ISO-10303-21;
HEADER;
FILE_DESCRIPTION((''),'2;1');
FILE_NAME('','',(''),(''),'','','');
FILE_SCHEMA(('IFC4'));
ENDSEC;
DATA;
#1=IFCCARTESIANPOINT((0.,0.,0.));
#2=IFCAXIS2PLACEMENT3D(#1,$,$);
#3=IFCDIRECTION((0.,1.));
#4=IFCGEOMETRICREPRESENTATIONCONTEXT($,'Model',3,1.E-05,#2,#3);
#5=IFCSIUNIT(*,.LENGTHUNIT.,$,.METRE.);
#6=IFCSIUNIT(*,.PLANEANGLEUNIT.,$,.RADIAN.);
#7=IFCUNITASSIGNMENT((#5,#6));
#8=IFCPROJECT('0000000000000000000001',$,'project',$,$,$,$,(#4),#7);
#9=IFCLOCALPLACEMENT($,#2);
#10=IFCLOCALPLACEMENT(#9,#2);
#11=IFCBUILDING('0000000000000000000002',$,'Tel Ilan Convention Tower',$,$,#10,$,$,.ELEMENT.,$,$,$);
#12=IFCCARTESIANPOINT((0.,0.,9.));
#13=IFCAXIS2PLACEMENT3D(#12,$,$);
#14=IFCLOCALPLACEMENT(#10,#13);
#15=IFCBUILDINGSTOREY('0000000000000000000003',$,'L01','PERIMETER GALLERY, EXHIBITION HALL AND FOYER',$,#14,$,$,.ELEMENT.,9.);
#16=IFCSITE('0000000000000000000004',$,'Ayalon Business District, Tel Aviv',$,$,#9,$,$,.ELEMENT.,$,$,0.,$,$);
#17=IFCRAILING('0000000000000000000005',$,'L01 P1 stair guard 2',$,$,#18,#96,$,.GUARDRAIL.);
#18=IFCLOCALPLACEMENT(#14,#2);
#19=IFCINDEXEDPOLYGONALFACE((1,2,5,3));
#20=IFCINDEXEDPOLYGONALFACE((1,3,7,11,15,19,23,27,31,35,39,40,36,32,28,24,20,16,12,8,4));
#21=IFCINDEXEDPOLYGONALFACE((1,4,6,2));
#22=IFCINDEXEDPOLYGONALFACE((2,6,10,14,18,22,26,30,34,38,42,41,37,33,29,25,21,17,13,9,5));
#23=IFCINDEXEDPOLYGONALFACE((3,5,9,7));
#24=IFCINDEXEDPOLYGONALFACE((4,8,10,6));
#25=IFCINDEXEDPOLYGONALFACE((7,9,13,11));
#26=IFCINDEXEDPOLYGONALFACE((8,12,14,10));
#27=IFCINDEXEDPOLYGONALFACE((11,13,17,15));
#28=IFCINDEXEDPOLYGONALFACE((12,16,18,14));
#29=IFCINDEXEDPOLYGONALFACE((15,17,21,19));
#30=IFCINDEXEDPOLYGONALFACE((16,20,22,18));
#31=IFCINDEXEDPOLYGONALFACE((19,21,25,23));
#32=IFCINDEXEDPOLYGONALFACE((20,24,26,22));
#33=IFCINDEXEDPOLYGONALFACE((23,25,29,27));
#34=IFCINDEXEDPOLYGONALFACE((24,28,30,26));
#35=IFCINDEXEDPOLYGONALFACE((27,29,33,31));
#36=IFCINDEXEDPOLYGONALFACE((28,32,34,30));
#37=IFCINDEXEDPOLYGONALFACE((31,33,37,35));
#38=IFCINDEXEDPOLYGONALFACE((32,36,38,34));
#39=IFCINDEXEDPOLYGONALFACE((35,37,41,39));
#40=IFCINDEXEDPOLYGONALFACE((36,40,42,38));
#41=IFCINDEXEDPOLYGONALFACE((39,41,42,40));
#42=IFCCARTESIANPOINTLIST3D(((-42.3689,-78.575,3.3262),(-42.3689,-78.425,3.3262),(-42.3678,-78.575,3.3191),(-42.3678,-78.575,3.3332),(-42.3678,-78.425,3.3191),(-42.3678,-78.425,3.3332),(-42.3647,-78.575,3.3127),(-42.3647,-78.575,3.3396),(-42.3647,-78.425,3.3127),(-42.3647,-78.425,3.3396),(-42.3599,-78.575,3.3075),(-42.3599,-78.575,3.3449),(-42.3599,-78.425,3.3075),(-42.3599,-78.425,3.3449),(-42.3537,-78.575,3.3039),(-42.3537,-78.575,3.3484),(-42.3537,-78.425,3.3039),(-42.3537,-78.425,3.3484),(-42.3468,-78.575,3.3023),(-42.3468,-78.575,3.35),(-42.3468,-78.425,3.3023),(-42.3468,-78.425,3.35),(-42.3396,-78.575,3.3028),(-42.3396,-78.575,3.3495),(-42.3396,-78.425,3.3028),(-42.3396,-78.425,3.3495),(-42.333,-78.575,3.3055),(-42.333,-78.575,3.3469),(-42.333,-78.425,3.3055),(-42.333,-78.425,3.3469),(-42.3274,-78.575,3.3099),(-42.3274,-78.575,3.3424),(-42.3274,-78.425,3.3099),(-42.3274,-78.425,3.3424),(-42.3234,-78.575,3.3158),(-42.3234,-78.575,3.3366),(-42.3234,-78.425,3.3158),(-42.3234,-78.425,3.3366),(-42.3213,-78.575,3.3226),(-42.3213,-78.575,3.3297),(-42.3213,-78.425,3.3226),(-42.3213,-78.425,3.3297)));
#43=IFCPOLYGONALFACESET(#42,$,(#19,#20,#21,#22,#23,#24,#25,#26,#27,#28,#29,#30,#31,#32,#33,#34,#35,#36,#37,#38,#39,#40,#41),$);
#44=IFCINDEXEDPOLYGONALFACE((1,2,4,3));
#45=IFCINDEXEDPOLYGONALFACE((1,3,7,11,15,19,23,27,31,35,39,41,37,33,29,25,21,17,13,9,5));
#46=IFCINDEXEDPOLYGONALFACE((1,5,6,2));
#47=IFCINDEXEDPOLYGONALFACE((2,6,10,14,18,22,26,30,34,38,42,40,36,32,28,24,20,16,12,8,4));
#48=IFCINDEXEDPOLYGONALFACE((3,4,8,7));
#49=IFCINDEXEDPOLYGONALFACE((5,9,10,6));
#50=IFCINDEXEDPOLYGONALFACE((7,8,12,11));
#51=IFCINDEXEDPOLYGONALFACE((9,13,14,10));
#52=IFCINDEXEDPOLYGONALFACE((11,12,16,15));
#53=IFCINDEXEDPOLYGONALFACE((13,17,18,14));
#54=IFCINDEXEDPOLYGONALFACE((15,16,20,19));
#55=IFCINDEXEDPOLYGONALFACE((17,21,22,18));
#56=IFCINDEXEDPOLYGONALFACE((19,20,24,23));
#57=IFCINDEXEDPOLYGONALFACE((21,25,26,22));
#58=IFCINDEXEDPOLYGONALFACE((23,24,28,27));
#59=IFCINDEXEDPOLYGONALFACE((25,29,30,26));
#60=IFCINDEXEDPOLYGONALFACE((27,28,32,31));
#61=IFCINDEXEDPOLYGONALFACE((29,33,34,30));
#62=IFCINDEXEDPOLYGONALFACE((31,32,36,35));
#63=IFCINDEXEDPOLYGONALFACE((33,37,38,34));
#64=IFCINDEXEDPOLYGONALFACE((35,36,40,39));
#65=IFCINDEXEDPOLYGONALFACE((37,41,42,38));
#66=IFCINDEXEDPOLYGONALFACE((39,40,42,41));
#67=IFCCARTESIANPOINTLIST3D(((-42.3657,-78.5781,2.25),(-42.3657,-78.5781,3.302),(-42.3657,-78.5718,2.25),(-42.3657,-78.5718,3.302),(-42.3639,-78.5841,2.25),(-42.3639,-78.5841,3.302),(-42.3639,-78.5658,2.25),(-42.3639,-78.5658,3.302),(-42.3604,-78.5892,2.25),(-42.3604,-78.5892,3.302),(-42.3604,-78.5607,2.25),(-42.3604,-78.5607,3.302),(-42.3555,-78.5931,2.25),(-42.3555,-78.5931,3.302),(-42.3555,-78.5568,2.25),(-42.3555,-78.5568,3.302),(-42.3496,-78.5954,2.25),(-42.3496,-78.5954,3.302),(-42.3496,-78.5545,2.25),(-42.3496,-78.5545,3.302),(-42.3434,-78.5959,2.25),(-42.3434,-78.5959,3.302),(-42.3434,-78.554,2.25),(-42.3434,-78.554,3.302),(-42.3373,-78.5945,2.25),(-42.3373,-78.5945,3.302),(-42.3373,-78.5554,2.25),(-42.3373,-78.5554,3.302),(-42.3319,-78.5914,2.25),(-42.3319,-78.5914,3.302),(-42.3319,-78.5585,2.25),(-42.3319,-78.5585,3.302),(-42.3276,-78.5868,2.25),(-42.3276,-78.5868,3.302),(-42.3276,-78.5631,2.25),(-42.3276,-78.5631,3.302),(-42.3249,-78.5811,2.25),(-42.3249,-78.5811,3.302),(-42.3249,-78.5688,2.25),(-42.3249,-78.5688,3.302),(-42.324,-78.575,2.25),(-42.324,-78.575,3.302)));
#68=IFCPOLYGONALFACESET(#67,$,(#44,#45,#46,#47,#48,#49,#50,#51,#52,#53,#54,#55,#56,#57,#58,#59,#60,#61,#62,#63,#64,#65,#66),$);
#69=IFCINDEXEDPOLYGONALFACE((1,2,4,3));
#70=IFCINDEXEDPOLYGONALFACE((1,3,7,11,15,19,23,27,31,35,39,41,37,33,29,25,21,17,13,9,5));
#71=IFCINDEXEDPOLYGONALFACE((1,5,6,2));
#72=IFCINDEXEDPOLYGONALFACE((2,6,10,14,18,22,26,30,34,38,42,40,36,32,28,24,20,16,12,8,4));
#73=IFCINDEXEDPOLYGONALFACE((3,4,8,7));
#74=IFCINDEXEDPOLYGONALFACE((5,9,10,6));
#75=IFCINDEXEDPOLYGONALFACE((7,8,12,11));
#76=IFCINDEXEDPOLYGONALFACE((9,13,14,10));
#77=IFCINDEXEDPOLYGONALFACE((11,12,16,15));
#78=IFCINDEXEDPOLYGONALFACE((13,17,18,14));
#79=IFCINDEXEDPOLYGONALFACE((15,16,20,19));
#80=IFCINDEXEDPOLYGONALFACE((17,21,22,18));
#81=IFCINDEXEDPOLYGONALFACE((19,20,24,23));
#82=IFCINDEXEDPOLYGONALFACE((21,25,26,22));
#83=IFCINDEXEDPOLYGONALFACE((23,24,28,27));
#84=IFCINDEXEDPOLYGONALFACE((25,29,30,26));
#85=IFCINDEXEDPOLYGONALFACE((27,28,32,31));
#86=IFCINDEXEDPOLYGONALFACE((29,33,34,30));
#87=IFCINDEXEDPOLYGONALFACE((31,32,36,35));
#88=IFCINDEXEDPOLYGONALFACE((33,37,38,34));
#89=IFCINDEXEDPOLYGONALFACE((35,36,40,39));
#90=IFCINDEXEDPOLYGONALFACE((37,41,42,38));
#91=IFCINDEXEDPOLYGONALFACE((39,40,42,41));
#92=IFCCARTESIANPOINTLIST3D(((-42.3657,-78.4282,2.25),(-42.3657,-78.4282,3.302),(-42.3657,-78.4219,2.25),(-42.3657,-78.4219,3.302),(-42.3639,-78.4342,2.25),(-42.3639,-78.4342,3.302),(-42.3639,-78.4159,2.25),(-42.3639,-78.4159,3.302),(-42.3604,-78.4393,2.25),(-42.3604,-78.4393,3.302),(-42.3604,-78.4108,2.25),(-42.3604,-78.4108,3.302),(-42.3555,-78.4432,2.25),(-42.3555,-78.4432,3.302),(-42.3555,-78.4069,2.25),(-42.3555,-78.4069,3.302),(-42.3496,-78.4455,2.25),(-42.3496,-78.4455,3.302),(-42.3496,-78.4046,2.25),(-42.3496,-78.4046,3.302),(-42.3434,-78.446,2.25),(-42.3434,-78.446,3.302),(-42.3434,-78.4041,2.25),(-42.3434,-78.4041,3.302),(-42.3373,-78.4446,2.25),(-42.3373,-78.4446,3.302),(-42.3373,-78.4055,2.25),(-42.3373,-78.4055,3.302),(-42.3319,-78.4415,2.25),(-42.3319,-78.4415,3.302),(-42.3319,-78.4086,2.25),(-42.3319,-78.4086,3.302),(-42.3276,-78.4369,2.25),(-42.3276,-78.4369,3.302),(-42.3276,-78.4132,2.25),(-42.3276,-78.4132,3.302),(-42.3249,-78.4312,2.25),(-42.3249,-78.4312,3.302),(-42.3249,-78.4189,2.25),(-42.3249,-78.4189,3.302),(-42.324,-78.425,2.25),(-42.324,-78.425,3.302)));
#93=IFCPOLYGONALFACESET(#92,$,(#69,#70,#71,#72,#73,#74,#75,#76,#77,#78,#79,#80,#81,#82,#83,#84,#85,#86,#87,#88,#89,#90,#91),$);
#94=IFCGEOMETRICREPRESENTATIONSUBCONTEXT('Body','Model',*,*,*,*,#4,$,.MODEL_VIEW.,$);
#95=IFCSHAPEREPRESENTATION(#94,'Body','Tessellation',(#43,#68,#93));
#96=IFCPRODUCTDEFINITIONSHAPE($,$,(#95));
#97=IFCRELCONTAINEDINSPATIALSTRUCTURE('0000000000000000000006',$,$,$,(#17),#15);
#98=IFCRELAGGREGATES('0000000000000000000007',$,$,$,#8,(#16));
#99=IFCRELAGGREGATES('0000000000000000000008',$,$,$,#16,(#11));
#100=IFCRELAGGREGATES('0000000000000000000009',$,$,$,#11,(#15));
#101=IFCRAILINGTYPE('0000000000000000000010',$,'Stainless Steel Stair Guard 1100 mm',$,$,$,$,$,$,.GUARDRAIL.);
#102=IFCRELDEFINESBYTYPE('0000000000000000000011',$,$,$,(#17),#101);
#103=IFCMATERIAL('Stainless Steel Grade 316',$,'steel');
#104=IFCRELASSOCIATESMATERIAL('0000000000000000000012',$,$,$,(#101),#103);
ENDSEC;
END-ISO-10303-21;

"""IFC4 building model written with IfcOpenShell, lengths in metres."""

from ifc_helpers import new_model, si_unit, direction, frame, origin, origin_2d, place, context, subcontext, project, spatial, circle, extrude, material, type_object, element, save


model = new_model("IFC4")

# Units and contexts
model_context = context("Model", 3, precision=1e-05, world=origin(), true_north=direction((0.0, 1.0)))
body_context = subcontext(model_context, "Body", "Model", "MODEL_VIEW")
ifc_project = project(units=[si_unit("LENGTHUNIT", "METRE"), si_unit("PLANEANGLEUNIT", "RADIAN")], contexts=[model_context])

# Site, building, storey
site_placement = place(None, origin())
site = spatial("IfcSite", under=ifc_project, at=site_placement, Name="Ayalon Business District, Tel Aviv", CompositionType="ELEMENT", RefElevation=0.0)
building_placement = place(site_placement, origin())
building = spatial("IfcBuilding", under=site, at=building_placement, Name="Tel Ilan Convention Tower", CompositionType="ELEMENT")
storey_placement = place(building_placement, frame((0.0, 0.0, 9.0)))
storey = spatial("IfcBuildingStorey", under=building, at=storey_placement, Name="L01", Description="PERIMETER GALLERY, EXHIBITION HALL AND FOYER", CompositionType="ELEMENT", Elevation=9.0)

# Railing
ifc_material_1 = material(Name="Stainless Steel Grade 316", Category="steel")
railing_type_1 = type_object("IfcRailingType", Name="Stainless Steel Stair Guard 1100 mm", PredefinedType="GUARDRAIL", material=ifc_material_1)
railing_1_placement = place(storey_placement, frame((-42.345, -78.575, 2.25)))
element("IfcRailing", 1, at=railing_1_placement, inside=storey, type_object=railing_type_1, Name="L01 P1 stair guard 2", PredefinedType="GUARDRAIL", context=body_context, shape_type="SweptSolid", body=[
    extrude(circle(Radius=0.0239, at=origin_2d()), frame((0.0, 0.0, 1.0762), z_axis=(0.0, 1.0, 0.0), x_axis=(-1.0, 0.0, 0.0)), (0.0, 0.0, 1.0), 0.1499),
    extrude(circle(Radius=0.021, at=origin_2d()), origin(), (0.0, 0.0, 1.0), 1.052),
    extrude(circle(Radius=0.021, at=origin_2d()), frame((0.0, 0.1499, 0.0)), (0.0, 0.0, 1.0), 1.052),
])

save(model, "model.ifc")
